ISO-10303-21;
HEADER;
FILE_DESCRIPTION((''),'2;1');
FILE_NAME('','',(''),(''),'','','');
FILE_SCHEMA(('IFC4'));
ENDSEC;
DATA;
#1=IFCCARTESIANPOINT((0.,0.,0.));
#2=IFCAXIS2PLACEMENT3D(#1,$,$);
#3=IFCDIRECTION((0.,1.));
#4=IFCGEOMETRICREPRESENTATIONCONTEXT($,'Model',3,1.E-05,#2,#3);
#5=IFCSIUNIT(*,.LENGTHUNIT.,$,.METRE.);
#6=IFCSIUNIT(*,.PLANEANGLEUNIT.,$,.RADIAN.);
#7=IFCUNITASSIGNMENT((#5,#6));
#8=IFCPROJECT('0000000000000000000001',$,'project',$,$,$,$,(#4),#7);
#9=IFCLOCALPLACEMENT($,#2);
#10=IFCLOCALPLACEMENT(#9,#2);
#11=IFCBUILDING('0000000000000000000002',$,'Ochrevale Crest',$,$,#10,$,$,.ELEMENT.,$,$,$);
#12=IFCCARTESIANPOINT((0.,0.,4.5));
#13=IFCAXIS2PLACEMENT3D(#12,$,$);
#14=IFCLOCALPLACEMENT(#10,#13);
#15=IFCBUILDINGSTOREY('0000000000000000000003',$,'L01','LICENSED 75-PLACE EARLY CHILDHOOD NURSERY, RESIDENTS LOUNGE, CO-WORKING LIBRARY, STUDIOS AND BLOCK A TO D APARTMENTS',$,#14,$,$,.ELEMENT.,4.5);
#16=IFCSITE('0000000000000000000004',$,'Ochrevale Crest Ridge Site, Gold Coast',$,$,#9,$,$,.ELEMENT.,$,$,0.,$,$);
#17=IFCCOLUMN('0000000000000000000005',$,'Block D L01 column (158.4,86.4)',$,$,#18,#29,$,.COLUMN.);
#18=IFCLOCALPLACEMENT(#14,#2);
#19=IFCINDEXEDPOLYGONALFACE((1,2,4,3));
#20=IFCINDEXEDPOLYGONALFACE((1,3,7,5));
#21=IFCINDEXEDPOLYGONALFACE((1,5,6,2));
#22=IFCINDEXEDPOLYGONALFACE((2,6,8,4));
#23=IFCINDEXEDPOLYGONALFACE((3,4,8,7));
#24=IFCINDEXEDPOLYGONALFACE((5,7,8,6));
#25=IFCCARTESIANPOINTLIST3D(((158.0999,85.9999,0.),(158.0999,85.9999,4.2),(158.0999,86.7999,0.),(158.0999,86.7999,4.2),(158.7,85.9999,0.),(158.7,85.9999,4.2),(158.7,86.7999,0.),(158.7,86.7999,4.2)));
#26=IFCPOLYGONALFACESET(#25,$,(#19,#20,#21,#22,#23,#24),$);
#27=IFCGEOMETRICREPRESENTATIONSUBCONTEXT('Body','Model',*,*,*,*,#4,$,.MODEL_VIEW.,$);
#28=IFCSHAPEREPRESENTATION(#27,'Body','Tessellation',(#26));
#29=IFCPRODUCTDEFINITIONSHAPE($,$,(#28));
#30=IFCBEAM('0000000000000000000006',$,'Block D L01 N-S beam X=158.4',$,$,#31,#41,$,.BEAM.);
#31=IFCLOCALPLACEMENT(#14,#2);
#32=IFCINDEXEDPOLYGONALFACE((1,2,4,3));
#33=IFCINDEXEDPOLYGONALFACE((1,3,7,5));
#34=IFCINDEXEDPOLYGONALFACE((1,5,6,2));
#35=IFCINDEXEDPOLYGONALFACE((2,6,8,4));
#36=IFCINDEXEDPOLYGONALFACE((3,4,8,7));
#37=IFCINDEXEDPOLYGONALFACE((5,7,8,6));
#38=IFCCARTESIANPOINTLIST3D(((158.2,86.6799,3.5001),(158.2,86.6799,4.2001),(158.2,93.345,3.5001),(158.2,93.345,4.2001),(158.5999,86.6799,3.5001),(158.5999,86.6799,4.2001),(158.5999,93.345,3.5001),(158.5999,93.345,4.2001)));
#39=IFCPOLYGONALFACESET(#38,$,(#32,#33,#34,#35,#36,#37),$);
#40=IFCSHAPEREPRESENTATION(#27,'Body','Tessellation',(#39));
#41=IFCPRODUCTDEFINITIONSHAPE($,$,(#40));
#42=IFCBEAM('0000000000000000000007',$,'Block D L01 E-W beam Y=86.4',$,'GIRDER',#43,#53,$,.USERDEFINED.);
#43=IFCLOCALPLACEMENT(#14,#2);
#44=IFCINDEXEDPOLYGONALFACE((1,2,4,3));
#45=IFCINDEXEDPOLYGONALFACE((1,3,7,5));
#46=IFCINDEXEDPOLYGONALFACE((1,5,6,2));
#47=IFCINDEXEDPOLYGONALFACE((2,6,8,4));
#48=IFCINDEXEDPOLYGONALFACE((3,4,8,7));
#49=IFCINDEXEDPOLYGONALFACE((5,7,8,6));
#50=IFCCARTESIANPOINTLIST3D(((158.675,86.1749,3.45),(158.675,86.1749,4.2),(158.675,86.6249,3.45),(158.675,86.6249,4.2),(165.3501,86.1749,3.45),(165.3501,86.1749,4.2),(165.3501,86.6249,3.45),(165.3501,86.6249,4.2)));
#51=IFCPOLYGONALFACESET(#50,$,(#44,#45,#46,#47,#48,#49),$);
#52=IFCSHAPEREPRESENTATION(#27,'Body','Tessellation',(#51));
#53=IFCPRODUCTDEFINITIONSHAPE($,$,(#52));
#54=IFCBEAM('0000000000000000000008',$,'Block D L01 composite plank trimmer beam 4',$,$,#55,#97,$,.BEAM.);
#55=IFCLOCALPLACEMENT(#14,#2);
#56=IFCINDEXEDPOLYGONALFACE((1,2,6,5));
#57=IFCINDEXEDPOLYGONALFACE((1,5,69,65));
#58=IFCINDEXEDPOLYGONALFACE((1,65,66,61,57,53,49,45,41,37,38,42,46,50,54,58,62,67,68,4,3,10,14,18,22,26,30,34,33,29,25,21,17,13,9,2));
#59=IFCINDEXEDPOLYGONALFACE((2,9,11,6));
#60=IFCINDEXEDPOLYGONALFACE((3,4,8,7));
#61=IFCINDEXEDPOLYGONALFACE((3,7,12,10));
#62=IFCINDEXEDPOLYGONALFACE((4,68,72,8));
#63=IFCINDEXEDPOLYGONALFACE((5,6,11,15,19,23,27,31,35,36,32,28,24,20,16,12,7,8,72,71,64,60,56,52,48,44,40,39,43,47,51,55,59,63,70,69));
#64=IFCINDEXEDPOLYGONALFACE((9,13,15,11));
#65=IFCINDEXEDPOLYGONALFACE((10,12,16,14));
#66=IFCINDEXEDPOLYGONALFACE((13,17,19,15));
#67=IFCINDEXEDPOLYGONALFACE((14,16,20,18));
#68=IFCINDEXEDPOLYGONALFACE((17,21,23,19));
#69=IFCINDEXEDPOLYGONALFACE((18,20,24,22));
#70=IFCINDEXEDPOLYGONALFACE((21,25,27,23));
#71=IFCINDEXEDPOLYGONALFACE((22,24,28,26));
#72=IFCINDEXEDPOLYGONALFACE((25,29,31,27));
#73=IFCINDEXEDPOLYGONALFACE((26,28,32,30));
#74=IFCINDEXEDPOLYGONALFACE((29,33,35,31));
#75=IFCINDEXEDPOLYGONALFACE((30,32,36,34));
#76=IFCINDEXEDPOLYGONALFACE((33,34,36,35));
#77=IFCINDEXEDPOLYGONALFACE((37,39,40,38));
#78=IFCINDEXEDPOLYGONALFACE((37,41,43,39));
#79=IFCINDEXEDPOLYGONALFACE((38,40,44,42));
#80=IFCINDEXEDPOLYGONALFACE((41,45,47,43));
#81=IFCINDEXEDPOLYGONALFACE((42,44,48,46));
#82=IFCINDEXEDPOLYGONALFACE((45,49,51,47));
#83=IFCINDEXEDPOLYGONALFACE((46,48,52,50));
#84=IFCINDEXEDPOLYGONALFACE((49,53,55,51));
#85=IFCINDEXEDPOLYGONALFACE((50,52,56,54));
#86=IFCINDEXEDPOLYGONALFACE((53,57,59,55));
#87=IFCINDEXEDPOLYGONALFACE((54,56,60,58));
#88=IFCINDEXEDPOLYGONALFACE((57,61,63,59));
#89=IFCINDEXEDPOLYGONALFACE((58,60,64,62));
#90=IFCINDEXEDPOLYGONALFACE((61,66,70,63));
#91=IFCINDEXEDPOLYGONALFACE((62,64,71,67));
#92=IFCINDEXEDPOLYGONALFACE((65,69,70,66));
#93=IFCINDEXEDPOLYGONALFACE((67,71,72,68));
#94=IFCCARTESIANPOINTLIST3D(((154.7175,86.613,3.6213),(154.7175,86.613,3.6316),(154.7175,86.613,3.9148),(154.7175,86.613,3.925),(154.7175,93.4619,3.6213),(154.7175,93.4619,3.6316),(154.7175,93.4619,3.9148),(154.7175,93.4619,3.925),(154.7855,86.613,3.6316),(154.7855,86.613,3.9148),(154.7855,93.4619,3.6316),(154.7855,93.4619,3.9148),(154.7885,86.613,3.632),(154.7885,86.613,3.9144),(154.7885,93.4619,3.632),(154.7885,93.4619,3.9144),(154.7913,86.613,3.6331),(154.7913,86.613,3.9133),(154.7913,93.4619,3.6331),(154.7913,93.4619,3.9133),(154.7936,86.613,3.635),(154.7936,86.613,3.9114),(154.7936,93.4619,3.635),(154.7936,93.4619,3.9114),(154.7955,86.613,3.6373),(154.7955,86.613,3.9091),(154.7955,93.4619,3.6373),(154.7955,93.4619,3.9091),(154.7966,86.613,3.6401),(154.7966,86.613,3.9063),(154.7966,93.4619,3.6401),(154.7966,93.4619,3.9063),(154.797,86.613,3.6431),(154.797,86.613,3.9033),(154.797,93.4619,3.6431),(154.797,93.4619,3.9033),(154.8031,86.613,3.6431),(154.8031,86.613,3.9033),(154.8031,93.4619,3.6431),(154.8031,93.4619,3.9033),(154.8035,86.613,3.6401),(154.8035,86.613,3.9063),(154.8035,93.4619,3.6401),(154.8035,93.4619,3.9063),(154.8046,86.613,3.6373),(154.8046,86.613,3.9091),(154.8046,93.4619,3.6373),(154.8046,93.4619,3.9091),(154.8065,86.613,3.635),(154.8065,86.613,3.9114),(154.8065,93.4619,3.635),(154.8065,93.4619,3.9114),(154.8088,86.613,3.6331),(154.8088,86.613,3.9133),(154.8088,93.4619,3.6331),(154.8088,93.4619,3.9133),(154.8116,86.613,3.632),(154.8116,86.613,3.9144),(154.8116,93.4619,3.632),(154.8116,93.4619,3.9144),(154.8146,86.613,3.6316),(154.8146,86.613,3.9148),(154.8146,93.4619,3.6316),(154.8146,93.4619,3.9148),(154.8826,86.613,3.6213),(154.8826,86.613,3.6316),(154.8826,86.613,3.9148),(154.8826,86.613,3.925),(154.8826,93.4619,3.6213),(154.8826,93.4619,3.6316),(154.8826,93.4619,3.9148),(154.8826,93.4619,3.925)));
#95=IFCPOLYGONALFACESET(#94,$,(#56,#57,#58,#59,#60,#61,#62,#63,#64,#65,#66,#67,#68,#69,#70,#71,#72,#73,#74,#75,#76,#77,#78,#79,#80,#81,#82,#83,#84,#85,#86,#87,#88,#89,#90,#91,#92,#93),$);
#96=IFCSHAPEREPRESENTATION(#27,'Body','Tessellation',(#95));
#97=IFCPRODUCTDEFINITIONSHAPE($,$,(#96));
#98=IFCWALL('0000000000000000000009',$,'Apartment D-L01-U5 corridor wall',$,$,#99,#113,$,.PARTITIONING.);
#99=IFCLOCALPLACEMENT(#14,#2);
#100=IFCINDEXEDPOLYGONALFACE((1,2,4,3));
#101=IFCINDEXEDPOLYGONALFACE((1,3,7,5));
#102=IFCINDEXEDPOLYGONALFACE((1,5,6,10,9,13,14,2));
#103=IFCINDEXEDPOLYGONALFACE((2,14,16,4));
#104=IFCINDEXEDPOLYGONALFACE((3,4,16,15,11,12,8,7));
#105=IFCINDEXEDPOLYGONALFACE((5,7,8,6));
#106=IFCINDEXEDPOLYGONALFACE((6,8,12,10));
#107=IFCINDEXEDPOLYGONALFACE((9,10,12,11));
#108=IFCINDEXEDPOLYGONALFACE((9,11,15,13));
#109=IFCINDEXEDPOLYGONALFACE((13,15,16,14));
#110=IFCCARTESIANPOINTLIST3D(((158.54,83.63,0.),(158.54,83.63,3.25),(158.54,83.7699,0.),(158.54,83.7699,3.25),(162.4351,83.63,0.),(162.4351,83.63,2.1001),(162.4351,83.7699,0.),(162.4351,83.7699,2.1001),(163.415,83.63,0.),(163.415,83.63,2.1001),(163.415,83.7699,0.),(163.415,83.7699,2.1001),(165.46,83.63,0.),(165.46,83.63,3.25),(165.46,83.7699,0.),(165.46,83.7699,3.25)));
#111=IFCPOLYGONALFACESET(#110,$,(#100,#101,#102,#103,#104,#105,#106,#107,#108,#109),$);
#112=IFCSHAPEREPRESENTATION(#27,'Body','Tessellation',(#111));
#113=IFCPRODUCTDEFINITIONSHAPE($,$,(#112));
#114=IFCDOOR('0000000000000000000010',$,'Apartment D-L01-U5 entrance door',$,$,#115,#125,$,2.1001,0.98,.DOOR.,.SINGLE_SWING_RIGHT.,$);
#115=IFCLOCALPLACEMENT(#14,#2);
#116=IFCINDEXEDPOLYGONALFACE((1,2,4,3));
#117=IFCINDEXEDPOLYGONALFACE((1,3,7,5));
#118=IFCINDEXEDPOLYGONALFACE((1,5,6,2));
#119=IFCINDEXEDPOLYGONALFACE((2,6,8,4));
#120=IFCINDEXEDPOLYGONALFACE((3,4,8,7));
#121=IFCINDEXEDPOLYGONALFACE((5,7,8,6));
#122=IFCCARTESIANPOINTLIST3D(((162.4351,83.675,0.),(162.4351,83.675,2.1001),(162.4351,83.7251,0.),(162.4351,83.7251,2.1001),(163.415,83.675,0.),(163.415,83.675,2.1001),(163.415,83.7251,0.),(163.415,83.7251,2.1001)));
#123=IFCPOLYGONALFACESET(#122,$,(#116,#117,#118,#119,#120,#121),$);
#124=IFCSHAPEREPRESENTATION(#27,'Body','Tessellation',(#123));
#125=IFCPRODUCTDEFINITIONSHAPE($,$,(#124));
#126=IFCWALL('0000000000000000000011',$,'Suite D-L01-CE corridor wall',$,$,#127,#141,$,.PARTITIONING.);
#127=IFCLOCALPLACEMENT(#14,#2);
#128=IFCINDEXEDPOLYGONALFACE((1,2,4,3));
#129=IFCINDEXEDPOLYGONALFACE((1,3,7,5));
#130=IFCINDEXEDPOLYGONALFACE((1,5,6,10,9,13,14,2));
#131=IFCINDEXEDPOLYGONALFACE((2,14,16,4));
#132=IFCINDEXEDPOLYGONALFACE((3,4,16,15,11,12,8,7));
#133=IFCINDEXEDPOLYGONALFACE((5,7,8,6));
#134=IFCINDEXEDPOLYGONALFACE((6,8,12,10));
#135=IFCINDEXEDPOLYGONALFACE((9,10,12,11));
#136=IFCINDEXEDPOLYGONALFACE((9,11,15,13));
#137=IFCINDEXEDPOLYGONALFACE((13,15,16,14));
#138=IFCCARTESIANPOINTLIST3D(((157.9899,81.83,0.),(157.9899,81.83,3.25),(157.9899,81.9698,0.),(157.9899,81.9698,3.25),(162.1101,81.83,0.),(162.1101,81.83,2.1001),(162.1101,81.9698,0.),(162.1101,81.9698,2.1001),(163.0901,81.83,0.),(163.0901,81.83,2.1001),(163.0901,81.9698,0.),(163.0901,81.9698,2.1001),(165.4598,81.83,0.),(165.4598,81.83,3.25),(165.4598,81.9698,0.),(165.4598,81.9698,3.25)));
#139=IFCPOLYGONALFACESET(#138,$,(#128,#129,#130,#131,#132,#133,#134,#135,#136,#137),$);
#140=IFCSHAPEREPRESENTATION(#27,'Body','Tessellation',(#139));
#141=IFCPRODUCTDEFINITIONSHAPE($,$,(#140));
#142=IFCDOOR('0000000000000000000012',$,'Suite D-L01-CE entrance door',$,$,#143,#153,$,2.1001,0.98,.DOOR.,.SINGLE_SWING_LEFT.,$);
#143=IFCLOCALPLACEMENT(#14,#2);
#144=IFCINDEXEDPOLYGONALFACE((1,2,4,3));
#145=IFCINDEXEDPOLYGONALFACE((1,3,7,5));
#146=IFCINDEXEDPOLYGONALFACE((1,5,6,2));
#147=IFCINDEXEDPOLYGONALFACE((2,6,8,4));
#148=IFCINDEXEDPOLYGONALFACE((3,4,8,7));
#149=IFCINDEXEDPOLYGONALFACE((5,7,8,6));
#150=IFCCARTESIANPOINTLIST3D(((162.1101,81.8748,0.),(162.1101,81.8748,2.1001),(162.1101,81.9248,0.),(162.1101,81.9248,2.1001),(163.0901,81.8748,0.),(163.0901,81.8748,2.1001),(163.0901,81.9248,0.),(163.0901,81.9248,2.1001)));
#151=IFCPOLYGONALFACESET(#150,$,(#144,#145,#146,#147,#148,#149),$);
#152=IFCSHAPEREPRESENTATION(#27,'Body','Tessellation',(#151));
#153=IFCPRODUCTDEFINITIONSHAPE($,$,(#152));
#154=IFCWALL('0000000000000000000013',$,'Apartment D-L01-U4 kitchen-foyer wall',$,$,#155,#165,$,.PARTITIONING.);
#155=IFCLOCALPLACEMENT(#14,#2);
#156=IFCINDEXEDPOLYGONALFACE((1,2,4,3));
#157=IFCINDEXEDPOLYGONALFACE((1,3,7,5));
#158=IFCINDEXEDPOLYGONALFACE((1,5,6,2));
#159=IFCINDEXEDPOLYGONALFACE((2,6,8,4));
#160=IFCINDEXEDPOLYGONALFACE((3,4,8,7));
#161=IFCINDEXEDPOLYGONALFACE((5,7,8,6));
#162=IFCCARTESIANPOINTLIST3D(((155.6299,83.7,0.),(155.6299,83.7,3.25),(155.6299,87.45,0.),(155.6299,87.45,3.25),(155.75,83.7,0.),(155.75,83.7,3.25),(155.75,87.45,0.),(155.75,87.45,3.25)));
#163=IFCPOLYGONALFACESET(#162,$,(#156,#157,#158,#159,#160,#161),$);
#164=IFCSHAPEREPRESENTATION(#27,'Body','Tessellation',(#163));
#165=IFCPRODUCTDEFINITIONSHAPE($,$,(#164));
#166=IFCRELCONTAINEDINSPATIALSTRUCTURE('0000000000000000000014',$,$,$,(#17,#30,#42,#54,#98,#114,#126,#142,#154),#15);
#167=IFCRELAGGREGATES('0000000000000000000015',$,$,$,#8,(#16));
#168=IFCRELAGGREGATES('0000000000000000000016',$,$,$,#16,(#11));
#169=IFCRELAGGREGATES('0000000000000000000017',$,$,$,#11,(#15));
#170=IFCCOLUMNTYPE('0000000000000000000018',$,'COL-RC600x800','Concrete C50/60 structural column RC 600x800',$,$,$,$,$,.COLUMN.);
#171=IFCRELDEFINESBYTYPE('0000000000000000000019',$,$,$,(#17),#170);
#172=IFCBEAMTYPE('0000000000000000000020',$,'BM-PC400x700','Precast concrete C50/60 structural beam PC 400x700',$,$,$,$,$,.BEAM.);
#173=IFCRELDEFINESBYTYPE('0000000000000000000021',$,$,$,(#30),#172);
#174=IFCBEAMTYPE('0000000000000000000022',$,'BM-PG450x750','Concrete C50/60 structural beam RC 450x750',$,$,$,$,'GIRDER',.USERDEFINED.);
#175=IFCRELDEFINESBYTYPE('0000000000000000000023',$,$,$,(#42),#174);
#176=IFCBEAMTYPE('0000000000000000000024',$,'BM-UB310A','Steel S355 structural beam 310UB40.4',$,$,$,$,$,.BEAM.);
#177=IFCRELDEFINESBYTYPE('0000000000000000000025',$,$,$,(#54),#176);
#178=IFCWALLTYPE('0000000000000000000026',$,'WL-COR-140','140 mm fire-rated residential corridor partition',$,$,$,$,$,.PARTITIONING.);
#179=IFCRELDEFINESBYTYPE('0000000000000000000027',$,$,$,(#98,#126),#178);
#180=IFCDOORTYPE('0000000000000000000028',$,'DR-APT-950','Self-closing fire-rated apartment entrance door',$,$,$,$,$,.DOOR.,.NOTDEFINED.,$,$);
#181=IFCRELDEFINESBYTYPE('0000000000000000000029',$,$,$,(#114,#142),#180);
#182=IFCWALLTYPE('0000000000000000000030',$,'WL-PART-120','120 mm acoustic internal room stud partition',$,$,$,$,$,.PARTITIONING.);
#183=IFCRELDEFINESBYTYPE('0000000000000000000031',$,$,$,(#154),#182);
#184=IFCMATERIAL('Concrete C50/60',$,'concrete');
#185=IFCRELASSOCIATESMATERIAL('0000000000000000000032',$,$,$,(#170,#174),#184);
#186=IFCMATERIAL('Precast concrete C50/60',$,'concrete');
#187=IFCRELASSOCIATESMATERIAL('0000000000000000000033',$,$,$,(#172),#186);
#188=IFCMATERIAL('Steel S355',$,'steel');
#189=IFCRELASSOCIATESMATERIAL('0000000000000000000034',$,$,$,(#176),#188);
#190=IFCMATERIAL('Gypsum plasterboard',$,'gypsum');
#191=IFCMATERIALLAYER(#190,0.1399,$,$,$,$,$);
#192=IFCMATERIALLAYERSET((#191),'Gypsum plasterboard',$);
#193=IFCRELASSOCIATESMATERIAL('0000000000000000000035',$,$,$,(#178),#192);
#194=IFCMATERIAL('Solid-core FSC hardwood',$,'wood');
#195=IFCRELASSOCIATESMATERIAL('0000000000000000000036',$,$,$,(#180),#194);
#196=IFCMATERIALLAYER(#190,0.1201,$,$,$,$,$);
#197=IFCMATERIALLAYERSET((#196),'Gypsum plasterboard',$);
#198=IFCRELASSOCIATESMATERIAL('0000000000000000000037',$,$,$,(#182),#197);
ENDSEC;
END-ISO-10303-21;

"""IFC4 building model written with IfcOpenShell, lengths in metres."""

from ifc_helpers import new_model, si_unit, direction, frame, frame_2d, origin, origin_2d, place, context, subcontext, project, spatial, rectangle, i_section, extrude, material, layer, layer_set, material_profile, profile_set, type_object, element, fill, save


model = new_model("IFC4")

# Units and contexts
model_context = context("Model", 3, precision=1e-05, world=origin(), true_north=direction((0.0, 1.0)))
body_context = subcontext(model_context, "Body", "Model", "MODEL_VIEW")
ifc_project = project(units=[si_unit("LENGTHUNIT", "METRE"), si_unit("PLANEANGLEUNIT", "RADIAN")], contexts=[model_context])

# Site, building, storey
site_placement = place(None, origin())
site = spatial("IfcSite", under=ifc_project, at=site_placement, Name="Ochrevale Crest Ridge Site, Gold Coast", CompositionType="ELEMENT", RefElevation=0.0)
building_placement = place(site_placement, origin())
building = spatial("IfcBuilding", under=site, at=building_placement, Name="Ochrevale Crest", CompositionType="ELEMENT")
storey_placement = place(building_placement, frame((0.0, 0.0, 4.5)))
storey = spatial("IfcBuildingStorey", under=building, at=storey_placement, Name="L01", Description="LICENSED 75-PLACE EARLY CHILDHOOD NURSERY, RESIDENTS LOUNGE, CO-WORKING LIBRARY, STUDIOS AND BLOCK A TO D APARTMENTS", CompositionType="ELEMENT", Elevation=4.5)

# Column
ifc_material_1 = material(Name="Concrete C50/60", Category="concrete")
ifc_material_profile_1 = material_profile(ifc_material_1, rectangle(XDim=0.6001, YDim=0.8, at=origin_2d()), Name="RC 600x800")
ifc_profile_set_1 = profile_set([ifc_material_profile_1], Name="Concrete C50/60")
column_type = type_object("IfcColumnType", Name="COL-RC600x800", Description="Concrete C50/60 structural column RC 600x800", PredefinedType="COLUMN", material=ifc_profile_set_1)
column_placement = place(storey_placement, frame((158.3999, 86.3999, 0.0), z_axis=(0.0, 0.0, 1.0), x_axis=(1.0, 0.0, 0.0)))
element("IfcColumn", 1, at=column_placement, inside=storey, type_object=column_type, Name="Block D L01 column (158.4,86.4)", PredefinedType="COLUMN", context=body_context, shape_type="SweptSolid", body=[
    extrude(rectangle(XDim=0.6001, YDim=0.8, at=origin_2d()), origin(), (0.0, 0.0, 1.0), 4.2),
])

# Beams
ifc_material_2 = material(Name="Precast concrete C50/60", Category="concrete")
ifc_material_profile_2 = material_profile(ifc_material_2, rectangle(XDim=0.3999, YDim=0.7, at=origin_2d()), Name="PC 400x700")
ifc_profile_set_2 = profile_set([ifc_material_profile_2], Name="Precast concrete C50/60")
beam_type_1 = type_object("IfcBeamType", Name="BM-PC400x700", Description="Precast concrete C50/60 structural beam PC 400x700", PredefinedType="BEAM", material=ifc_profile_set_2)
beam_1_placement = place(storey_placement, frame((158.3999, 86.6799, 3.8501), z_axis=(0.0, 1.0, 0.0), x_axis=(-1.0, 0.0, 0.0)))
element("IfcBeam", 2, at=beam_1_placement, inside=storey, type_object=beam_type_1, Name="Block D L01 N-S beam X=158.4", PredefinedType="BEAM", context=body_context, shape_type="SweptSolid", body=[
    extrude(rectangle(XDim=0.3999, YDim=0.7, at=origin_2d()), origin(), (0.0, 0.0, 1.0), 6.665),
])
ifc_material_profile_3 = material_profile(ifc_material_1, rectangle(XDim=0.45, YDim=0.75, at=origin_2d()), Name="RC 450x750")
ifc_profile_set_3 = profile_set([ifc_material_profile_3], Name="Concrete C50/60")
beam_type_2 = type_object("IfcBeamType", Name="BM-PG450x750", Description="Concrete C50/60 structural beam RC 450x750", ElementType="GIRDER", PredefinedType="USERDEFINED", material=ifc_profile_set_3)
beam_2_placement = place(storey_placement, frame((158.675, 86.3999, 3.825), z_axis=(1.0, 0.0, 0.0), x_axis=(0.0, 1.0, 0.0)))
element("IfcBeam", 3, at=beam_2_placement, inside=storey, type_object=beam_type_2, Name="Block D L01 E-W beam Y=86.4", ObjectType="GIRDER", PredefinedType="USERDEFINED", context=body_context, shape_type="SweptSolid", body=[
    extrude(rectangle(XDim=0.45, YDim=0.75, at=origin_2d()), origin(), (0.0, 0.0, 1.0), 6.675),
])
ifc_material_3 = material(Name="Steel S355", Category="steel")
ifc_material_profile_4 = material_profile(ifc_material_3, i_section(OverallWidth=0.165, OverallDepth=0.3037, WebThickness=0.0061, FlangeThickness=0.0103, FilletRadius=0.0115, at=origin_2d()), Name="310UB40.4")
ifc_profile_set_4 = profile_set([ifc_material_profile_4], Name="Steel S355")
beam_type_3 = type_object("IfcBeamType", Name="BM-UB310A", Description="Steel S355 structural beam 310UB40.4", PredefinedType="BEAM", material=ifc_profile_set_4)
beam_3_placement = place(storey_placement, frame((154.8, 86.613, 3.7732), z_axis=(0.0, 1.0, 0.0), x_axis=(-1.0, 0.0, 0.0)))
element("IfcBeam", 4, at=beam_3_placement, inside=storey, type_object=beam_type_3, Name="Block D L01 composite plank trimmer beam 4", PredefinedType="BEAM", context=body_context, shape_type="SweptSolid", body=[
    extrude(i_section(OverallWidth=0.165, OverallDepth=0.3037, WebThickness=0.0061, FlangeThickness=0.0103, FilletRadius=0.0115, at=origin_2d()), origin(), (0.0, 0.0, 1.0), 6.8489),
])

# Walls, openings, doors
ifc_material_4 = material(Name="Gypsum plasterboard", Category="gypsum")
ifc_layer_1 = layer(ifc_material_4, 0.1399)
ifc_layer_set_1 = layer_set([ifc_layer_1], Name="Gypsum plasterboard")
wall_type_1 = type_object("IfcWallType", Name="WL-COR-140", Description="140 mm fire-rated residential corridor partition", PredefinedType="PARTITIONING", material=ifc_layer_set_1)
wall_1_placement = place(storey_placement, frame((158.54, 83.7, 0.0), z_axis=(0.0, 0.0, 1.0), x_axis=(1.0, 0.0, 0.0)))
wall_1 = element("IfcWall", 5, at=wall_1_placement, inside=storey, type_object=wall_type_1, Name="Apartment D-L01-U5 corridor wall", PredefinedType="PARTITIONING", context=body_context, shape_type="SweptSolid", body=[
    extrude(rectangle(XDim=6.9199, YDim=0.1399, at=frame_2d((3.46, 0.0))), origin(), (0.0, 0.0, 1.0), 3.25),
])
opening_1_placement = place(wall_1_placement, frame((4.875, 0.0, 0.0), z_axis=(0.0, 0.0, 1.0), x_axis=(-1.0, 0.0, 0.0)))
opening_1 = element("IfcOpeningElement", 6, at=opening_1_placement, cuts=wall_1, PredefinedType="OPENING", context=body_context, shape_type="SweptSolid", body=[
    extrude(rectangle(XDim=0.98, YDim=2.1001, at=frame_2d((0.49, 1.05))), frame((0.0, 0.0801, 0.0), z_axis=(0.0, -1.0, 0.0), x_axis=(1.0, 0.0, 0.0)), (0.0, 0.0, 1.0), 0.1599),
])
ifc_material_5 = material(Name="Solid-core FSC hardwood", Category="wood")
door_type_1 = type_object("IfcDoorType", Name="DR-APT-950", Description="Self-closing fire-rated apartment entrance door", OperationType="NOTDEFINED", PredefinedType="DOOR", material=ifc_material_5)
door_1_placement = place(opening_1_placement, origin())
door_1 = element("IfcDoor", 7, at=door_1_placement, inside=storey, type_object=door_type_1, Name="Apartment D-L01-U5 entrance door", OperationType="SINGLE_SWING_RIGHT", OverallHeight=2.1001, OverallWidth=0.98, PredefinedType="DOOR", context=body_context, shape_type="SweptSolid", body=[
    extrude(rectangle(XDim=0.98, YDim=2.1001, at=frame_2d((0.49, 1.05))), frame((0.0, 0.0249, 0.0), z_axis=(0.0, -1.0, 0.0), x_axis=(1.0, 0.0, 0.0)), (0.0, 0.0, 1.0), 0.05),
])
fill(opening_1, door_1)
wall_2_placement = place(storey_placement, frame((157.99, 81.8999, 0.0), z_axis=(0.0, 0.0, 1.0), x_axis=(1.0, 0.0, 0.0)))
wall_2 = element("IfcWall", 8, at=wall_2_placement, inside=storey, type_object=wall_type_1, Name="Suite D-L01-CE corridor wall", PredefinedType="PARTITIONING", context=body_context, shape_type="SweptSolid", body=[
    extrude(rectangle(XDim=7.47, YDim=0.1399, at=frame_2d((3.7349, 0.0))), origin(), (0.0, 0.0, 1.0), 3.25),
])
opening_2_placement = place(wall_2_placement, frame((4.1201, 0.0, 0.0)))
opening_2 = element("IfcOpeningElement", 9, at=opening_2_placement, cuts=wall_2, PredefinedType="OPENING", context=body_context, shape_type="SweptSolid", body=[
    extrude(rectangle(XDim=0.98, YDim=2.1001, at=frame_2d((0.49, 1.05))), frame((0.0, 0.0801, 0.0), z_axis=(0.0, -1.0, 0.0), x_axis=(1.0, 0.0, 0.0)), (0.0, 0.0, 1.0), 0.1599),
])
door_2_placement = place(opening_2_placement, origin())
door_2 = element("IfcDoor", 10, at=door_2_placement, inside=storey, type_object=door_type_1, Name="Suite D-L01-CE entrance door", OperationType="SINGLE_SWING_LEFT", OverallHeight=2.1001, OverallWidth=0.98, PredefinedType="DOOR", context=body_context, shape_type="SweptSolid", body=[
    extrude(rectangle(XDim=0.98, YDim=2.1001, at=frame_2d((0.49, 1.05))), frame((0.0, 0.0249, 0.0), z_axis=(0.0, -1.0, 0.0), x_axis=(1.0, 0.0, 0.0)), (0.0, 0.0, 1.0), 0.05),
])
fill(opening_2, door_2)

# Wall
ifc_layer_2 = layer(ifc_material_4, 0.1201)
ifc_layer_set_2 = layer_set([ifc_layer_2], Name="Gypsum plasterboard")
wall_type_2 = type_object("IfcWallType", Name="WL-PART-120", Description="120 mm acoustic internal room stud partition", PredefinedType="PARTITIONING", material=ifc_layer_set_2)
wall_3_placement = place(storey_placement, frame((155.6899, 83.7, 0.0), z_axis=(0.0, 0.0, 1.0), x_axis=(0.0, 1.0, 0.0)))
element("IfcWall", 11, at=wall_3_placement, inside=storey, type_object=wall_type_2, Name="Apartment D-L01-U4 kitchen-foyer wall", PredefinedType="PARTITIONING", context=body_context, shape_type="SweptSolid", body=[
    extrude(rectangle(XDim=3.75, YDim=0.1201, at=frame_2d((1.875, 0.0))), origin(), (0.0, 0.0, 1.0), 3.25),
])

save(model, "model.ifc")
